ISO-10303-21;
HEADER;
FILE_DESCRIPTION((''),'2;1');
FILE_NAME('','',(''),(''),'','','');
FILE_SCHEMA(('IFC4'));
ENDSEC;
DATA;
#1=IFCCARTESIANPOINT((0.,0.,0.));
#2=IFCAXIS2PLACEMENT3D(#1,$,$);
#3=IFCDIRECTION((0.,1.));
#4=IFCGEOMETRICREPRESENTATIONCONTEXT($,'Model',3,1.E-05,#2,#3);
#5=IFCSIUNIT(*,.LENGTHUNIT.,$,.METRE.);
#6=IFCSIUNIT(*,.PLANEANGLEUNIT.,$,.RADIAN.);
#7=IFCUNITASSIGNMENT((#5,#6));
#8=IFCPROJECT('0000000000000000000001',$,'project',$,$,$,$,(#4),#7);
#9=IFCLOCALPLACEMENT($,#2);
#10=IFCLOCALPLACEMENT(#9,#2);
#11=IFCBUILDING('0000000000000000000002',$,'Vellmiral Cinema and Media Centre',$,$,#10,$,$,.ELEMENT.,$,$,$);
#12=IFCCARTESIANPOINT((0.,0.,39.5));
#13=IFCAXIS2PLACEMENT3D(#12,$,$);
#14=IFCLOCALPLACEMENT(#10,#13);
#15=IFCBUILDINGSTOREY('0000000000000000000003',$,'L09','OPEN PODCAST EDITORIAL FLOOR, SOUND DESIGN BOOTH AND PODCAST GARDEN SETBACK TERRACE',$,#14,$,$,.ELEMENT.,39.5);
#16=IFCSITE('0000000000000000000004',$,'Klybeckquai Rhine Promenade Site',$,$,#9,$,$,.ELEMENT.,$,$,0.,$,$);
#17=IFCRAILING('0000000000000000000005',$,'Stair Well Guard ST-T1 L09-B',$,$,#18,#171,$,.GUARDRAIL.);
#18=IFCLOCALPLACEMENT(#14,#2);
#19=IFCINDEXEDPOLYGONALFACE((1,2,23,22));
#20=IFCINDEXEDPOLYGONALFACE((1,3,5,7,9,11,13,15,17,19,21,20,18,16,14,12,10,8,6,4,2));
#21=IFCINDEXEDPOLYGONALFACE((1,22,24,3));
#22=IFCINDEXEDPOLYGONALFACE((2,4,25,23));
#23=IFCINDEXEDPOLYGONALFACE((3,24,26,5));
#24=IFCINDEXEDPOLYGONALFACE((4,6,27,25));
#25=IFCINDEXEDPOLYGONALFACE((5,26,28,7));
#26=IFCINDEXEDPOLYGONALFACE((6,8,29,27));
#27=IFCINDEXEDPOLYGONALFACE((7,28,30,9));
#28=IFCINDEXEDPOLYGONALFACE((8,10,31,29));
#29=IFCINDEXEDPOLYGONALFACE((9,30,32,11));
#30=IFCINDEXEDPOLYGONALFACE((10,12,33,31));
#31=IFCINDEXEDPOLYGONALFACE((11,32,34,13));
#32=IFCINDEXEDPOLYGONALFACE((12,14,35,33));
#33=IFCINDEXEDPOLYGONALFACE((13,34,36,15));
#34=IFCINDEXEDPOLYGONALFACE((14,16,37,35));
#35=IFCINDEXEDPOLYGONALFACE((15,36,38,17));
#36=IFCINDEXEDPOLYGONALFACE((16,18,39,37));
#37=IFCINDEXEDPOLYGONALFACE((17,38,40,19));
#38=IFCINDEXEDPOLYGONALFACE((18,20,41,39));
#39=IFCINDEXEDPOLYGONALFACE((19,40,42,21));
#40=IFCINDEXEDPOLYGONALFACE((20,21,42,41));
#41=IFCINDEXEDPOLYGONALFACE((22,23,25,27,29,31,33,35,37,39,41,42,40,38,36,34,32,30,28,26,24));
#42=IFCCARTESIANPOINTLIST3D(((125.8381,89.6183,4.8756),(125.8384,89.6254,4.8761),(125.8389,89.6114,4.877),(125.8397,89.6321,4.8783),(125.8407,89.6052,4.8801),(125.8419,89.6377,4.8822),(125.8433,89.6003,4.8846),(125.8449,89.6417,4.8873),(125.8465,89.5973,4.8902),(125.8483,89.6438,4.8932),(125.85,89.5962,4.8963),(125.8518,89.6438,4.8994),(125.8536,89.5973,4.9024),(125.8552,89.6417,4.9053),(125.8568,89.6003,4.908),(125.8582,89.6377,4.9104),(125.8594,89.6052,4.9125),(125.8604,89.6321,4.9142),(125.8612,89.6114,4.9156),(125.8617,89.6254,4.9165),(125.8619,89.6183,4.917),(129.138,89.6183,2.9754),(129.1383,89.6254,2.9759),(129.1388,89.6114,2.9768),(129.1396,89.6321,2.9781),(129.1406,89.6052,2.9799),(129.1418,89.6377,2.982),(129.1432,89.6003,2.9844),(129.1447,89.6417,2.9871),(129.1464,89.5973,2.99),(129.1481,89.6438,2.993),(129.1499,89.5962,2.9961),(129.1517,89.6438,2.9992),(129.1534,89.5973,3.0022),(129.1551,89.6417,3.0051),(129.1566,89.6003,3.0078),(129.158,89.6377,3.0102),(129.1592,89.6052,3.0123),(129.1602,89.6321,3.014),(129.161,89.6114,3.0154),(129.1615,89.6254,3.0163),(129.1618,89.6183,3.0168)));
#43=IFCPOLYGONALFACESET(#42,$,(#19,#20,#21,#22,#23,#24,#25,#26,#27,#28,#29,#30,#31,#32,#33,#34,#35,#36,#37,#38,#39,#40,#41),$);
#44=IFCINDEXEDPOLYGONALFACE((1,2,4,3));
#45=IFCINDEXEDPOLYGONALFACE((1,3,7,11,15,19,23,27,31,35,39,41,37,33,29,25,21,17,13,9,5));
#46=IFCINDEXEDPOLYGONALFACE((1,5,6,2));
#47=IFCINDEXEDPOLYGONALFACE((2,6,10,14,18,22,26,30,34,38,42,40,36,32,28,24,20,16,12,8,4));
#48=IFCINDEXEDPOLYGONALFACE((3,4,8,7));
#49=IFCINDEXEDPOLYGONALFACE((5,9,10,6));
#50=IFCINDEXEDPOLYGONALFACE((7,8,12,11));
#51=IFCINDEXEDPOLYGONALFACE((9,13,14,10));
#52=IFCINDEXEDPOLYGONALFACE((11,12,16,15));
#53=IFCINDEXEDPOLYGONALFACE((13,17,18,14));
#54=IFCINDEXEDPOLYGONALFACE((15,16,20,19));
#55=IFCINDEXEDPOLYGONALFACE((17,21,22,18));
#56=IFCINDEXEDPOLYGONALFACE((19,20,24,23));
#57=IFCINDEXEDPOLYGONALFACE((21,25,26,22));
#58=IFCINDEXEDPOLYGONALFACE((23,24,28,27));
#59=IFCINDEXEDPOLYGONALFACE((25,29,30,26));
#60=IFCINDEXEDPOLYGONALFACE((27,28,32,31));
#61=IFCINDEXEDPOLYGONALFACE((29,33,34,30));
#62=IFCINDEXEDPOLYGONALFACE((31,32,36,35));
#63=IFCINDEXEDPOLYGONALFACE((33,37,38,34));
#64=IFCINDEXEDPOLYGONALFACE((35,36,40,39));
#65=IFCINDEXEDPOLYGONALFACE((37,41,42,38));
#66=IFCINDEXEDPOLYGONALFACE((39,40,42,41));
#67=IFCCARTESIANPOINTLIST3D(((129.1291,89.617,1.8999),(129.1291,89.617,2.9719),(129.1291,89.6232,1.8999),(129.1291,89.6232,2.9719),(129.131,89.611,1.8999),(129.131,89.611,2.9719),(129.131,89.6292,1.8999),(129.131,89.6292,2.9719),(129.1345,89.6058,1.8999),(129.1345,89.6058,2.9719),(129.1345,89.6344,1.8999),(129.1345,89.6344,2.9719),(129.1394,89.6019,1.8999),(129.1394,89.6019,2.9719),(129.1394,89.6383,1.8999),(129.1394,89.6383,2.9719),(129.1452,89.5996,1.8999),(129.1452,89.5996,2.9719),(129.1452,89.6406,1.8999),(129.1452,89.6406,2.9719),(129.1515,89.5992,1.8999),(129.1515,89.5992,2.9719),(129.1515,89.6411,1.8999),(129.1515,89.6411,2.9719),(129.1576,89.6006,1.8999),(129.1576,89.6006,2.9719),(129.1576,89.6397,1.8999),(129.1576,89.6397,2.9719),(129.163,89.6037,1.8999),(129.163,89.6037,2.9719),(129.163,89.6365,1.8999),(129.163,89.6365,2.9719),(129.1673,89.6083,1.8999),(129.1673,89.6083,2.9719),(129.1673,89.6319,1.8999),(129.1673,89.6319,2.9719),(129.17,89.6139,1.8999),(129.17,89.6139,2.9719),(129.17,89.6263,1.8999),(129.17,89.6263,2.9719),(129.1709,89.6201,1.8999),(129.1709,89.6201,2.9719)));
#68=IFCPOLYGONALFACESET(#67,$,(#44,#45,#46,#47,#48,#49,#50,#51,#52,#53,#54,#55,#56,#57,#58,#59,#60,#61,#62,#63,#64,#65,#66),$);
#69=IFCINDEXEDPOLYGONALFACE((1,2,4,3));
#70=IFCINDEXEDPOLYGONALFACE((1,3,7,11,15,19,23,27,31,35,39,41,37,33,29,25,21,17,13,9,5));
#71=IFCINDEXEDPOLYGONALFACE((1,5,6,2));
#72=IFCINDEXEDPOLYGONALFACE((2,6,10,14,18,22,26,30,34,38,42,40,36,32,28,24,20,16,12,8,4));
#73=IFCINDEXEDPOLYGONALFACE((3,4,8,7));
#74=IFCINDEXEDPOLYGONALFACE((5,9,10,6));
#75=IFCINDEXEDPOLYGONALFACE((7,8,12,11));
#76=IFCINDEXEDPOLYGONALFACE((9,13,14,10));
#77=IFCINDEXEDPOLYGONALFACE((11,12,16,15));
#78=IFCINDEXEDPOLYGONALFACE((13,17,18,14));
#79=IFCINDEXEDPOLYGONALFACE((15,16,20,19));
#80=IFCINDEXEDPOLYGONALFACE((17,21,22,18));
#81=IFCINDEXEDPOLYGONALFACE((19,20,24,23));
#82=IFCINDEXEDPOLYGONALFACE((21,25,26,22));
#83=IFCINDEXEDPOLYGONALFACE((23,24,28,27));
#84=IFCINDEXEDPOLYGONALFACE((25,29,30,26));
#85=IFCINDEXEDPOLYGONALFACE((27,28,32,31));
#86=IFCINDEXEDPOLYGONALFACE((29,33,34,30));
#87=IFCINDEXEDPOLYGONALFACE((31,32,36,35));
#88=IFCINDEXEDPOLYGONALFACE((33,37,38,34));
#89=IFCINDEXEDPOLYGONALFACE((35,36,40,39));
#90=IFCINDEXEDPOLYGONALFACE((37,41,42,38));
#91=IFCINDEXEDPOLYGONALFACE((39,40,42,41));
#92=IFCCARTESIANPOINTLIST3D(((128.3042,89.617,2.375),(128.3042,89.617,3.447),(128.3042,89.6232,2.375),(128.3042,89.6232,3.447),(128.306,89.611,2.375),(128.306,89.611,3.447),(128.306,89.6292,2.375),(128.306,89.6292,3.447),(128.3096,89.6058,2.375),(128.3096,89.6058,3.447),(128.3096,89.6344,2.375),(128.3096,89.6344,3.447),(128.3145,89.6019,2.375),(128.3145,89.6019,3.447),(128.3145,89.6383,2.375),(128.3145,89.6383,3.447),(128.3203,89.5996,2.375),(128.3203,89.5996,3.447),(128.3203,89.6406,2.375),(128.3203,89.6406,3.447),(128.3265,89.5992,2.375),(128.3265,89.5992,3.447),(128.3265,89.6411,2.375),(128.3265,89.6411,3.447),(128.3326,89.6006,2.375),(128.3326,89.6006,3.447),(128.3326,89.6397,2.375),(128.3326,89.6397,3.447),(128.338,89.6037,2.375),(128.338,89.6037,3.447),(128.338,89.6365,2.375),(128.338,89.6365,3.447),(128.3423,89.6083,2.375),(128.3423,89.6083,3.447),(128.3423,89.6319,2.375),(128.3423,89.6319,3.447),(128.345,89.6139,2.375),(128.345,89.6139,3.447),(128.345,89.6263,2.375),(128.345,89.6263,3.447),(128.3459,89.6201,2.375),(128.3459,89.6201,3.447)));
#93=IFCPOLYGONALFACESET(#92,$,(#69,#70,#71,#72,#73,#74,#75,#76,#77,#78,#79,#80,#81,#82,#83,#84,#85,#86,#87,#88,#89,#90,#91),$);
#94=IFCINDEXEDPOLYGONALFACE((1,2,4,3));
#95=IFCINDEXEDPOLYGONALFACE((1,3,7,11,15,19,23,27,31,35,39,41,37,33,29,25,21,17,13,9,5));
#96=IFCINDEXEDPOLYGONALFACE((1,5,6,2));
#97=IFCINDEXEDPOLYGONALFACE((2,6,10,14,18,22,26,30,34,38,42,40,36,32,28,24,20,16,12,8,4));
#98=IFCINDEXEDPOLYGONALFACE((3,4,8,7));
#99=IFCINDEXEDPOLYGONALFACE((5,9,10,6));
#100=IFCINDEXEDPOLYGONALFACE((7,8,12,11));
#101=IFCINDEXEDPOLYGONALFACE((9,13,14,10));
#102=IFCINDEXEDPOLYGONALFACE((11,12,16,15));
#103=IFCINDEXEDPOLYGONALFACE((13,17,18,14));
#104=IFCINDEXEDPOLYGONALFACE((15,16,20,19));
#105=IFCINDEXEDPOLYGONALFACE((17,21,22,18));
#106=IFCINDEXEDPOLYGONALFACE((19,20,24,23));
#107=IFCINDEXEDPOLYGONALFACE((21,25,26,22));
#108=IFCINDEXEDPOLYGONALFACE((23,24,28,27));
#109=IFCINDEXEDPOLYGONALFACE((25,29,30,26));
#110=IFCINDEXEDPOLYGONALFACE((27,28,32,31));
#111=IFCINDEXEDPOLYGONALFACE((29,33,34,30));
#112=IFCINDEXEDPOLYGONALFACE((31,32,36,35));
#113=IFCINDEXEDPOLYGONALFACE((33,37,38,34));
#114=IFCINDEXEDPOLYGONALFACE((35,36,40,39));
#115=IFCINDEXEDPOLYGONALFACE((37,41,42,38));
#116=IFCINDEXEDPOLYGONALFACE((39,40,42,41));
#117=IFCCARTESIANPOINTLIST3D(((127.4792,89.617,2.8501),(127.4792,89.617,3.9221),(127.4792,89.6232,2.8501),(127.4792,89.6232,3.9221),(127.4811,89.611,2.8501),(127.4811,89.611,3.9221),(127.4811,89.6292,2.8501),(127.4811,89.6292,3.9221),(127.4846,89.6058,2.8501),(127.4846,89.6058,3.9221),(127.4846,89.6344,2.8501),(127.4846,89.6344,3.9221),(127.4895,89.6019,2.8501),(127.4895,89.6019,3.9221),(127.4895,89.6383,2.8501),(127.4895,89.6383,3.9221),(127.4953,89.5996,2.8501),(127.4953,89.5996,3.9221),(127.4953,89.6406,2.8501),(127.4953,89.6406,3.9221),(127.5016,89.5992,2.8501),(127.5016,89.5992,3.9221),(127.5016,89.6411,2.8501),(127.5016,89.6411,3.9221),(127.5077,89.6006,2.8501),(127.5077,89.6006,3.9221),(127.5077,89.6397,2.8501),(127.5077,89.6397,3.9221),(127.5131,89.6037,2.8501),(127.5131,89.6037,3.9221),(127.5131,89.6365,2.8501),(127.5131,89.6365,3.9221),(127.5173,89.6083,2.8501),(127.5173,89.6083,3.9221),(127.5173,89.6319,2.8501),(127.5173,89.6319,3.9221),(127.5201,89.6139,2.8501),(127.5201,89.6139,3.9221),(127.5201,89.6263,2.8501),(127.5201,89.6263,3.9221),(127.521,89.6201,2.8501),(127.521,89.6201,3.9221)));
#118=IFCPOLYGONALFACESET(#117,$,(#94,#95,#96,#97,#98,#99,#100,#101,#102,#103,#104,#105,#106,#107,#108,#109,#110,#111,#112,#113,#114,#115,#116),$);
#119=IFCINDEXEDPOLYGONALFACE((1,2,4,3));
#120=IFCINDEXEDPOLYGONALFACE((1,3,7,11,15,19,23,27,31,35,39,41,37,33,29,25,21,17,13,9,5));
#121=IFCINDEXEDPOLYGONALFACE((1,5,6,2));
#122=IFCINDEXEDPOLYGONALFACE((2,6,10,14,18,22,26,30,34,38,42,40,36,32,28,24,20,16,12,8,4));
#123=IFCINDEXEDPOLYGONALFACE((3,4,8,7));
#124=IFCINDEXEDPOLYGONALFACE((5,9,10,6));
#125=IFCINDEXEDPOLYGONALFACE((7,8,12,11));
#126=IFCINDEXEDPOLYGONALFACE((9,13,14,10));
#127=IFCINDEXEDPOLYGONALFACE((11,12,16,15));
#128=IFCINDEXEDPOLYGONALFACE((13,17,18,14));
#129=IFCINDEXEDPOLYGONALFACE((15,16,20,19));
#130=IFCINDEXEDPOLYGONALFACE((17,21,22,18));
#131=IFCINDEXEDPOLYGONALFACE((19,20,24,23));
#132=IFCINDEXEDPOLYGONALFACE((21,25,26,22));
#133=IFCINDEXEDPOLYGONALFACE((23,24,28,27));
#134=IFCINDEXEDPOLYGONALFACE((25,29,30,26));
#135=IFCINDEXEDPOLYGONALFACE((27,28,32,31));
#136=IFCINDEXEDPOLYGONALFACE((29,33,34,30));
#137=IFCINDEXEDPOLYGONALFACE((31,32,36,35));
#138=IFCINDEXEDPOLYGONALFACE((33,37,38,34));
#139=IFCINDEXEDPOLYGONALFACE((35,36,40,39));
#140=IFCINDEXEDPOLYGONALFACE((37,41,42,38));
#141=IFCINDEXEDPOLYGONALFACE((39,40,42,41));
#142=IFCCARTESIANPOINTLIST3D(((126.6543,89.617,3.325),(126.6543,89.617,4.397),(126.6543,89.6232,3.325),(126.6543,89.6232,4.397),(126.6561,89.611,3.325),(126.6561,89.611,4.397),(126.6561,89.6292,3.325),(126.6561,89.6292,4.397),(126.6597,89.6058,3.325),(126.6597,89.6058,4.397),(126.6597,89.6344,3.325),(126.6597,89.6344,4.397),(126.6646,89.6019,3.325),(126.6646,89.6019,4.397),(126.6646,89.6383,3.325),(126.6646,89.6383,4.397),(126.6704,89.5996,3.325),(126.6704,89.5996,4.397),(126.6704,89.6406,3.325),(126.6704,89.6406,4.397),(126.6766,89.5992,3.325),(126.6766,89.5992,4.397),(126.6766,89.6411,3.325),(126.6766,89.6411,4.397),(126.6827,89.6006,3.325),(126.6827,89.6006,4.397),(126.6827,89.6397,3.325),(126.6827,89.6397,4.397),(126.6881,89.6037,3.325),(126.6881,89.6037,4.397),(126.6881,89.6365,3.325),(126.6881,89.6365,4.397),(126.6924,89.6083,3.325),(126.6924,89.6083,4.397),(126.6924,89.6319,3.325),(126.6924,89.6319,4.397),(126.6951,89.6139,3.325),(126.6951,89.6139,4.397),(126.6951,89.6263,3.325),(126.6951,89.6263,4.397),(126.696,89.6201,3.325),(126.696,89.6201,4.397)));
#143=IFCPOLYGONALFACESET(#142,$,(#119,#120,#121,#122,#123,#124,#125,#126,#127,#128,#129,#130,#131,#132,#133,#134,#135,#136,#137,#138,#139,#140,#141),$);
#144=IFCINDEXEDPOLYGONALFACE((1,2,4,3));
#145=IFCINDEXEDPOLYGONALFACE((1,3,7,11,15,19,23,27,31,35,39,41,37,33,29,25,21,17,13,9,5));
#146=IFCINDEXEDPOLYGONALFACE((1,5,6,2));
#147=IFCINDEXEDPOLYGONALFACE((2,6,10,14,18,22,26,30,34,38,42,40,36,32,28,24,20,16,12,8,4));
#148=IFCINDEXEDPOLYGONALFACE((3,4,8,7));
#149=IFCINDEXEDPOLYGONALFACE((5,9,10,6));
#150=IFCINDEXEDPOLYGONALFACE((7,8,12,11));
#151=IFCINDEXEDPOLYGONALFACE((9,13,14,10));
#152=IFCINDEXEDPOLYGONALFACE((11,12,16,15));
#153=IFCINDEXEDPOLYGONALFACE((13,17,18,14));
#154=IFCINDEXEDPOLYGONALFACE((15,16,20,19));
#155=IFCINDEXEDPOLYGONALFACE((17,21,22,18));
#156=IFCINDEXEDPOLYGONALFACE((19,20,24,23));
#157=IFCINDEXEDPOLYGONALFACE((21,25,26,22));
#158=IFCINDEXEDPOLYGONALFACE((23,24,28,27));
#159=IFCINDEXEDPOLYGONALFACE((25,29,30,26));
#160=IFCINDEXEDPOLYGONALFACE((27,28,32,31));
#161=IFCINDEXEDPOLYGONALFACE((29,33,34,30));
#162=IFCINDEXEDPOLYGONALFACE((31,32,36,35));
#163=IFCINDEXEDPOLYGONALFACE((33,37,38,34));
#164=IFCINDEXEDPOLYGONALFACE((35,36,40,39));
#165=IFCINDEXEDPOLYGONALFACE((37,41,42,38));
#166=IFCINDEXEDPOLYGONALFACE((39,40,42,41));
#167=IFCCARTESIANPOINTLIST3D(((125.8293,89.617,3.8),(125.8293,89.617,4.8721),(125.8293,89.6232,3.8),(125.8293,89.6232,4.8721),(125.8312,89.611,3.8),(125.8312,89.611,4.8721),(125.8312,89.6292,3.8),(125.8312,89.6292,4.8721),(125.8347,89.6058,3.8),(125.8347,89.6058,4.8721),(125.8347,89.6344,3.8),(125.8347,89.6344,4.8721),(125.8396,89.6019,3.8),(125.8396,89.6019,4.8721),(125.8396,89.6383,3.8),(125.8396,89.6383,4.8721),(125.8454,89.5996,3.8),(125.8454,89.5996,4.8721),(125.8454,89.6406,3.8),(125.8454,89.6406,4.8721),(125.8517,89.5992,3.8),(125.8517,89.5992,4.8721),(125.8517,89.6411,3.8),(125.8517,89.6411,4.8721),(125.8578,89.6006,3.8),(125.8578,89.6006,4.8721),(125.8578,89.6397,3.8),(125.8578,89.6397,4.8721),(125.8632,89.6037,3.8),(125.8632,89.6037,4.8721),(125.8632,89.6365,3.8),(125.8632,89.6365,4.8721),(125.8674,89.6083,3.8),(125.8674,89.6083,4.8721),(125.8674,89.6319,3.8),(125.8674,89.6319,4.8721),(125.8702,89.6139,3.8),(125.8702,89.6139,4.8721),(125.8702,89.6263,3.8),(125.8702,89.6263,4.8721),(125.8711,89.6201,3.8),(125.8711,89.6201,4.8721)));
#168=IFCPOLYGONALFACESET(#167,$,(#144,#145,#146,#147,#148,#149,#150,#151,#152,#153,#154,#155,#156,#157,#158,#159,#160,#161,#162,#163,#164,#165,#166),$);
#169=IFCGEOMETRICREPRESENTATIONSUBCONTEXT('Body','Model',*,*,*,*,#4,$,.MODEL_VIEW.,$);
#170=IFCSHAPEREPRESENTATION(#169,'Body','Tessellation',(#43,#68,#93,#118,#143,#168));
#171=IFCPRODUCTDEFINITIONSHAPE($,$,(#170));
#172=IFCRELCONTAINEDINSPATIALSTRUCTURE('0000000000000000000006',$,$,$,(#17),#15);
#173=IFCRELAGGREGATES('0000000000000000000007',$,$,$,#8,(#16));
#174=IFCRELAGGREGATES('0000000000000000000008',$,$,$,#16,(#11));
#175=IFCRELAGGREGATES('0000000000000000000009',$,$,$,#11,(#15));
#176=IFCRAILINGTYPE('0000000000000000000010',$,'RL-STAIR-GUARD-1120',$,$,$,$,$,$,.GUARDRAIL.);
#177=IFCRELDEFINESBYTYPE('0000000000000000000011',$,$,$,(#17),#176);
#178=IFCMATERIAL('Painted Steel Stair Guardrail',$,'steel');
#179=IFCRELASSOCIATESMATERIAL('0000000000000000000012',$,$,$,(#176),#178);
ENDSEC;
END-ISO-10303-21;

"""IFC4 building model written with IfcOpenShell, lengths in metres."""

from ifc_helpers import new_model, si_unit, direction, frame, origin, origin_2d, place, context, subcontext, project, spatial, circle, extrude, material, type_object, element, save


model = new_model("IFC4")

# Units and contexts
model_context = context("Model", 3, precision=1e-05, world=origin(), true_north=direction((0.0, 1.0)))
body_context = subcontext(model_context, "Body", "Model", "MODEL_VIEW")
ifc_project = project(units=[si_unit("LENGTHUNIT", "METRE"), si_unit("PLANEANGLEUNIT", "RADIAN")], contexts=[model_context])

# Site, building, storey
site_placement = place(None, origin())
site = spatial("IfcSite", under=ifc_project, at=site_placement, Name="Klybeckquai Rhine Promenade Site", CompositionType="ELEMENT", RefElevation=0.0)
building_placement = place(site_placement, origin())
building = spatial("IfcBuilding", under=site, at=building_placement, Name="Vellmiral Cinema and Media Centre", CompositionType="ELEMENT")
storey_placement = place(building_placement, frame((0.0, 0.0, 39.5)))
storey = spatial("IfcBuildingStorey", under=building, at=storey_placement, Name="L09", Description="OPEN PODCAST EDITORIAL FLOOR, SOUND DESIGN BOOTH AND PODCAST GARDEN SETBACK TERRACE", CompositionType="ELEMENT", Elevation=39.5)

# Railing
ifc_material_1 = material(Name="Painted Steel Stair Guardrail", Category="steel")
railing_type_1 = type_object("IfcRailingType", Name="RL-STAIR-GUARD-1120", PredefinedType="GUARDRAIL", material=ifc_material_1)
railing_1_placement = place(storey_placement, frame((129.1499, 89.6201, 1.8999)))
element("IfcRailing", 1, at=railing_1_placement, inside=storey, type_object=railing_type_1, Name="Stair Well Guard ST-T1 L09-B", PredefinedType="GUARDRAIL", context=body_context, shape_type="SweptSolid", body=[
    extrude(circle(Radius=0.0239, at=origin_2d()), frame((0.0, 0.0, 1.0962), z_axis=(-0.866593, 0.0, 0.499016), x_axis=(0.0, -1.0, 0.0)), (0.0, 0.0, 1.0), 3.8079),
    extrude(circle(Radius=0.021, at=origin_2d()), origin(), (0.0, 0.0, 1.0), 1.072),
    extrude(circle(Radius=0.021, at=origin_2d()), frame((-0.825, 0.0, 0.4751)), (0.0, 0.0, 1.0), 1.072),
    extrude(circle(Radius=0.021, at=origin_2d()), frame((-1.6499, 0.0, 0.9502)), (0.0, 0.0, 1.0), 1.072),
    extrude(circle(Radius=0.021, at=origin_2d()), frame((-2.4749, 0.0, 1.425)), (0.0, 0.0, 1.0), 1.072),
    extrude(circle(Radius=0.021, at=origin_2d()), frame((-3.2998, 0.0, 1.9001)), (0.0, 0.0, 1.0), 1.072),
])

save(model, "model.ifc")
